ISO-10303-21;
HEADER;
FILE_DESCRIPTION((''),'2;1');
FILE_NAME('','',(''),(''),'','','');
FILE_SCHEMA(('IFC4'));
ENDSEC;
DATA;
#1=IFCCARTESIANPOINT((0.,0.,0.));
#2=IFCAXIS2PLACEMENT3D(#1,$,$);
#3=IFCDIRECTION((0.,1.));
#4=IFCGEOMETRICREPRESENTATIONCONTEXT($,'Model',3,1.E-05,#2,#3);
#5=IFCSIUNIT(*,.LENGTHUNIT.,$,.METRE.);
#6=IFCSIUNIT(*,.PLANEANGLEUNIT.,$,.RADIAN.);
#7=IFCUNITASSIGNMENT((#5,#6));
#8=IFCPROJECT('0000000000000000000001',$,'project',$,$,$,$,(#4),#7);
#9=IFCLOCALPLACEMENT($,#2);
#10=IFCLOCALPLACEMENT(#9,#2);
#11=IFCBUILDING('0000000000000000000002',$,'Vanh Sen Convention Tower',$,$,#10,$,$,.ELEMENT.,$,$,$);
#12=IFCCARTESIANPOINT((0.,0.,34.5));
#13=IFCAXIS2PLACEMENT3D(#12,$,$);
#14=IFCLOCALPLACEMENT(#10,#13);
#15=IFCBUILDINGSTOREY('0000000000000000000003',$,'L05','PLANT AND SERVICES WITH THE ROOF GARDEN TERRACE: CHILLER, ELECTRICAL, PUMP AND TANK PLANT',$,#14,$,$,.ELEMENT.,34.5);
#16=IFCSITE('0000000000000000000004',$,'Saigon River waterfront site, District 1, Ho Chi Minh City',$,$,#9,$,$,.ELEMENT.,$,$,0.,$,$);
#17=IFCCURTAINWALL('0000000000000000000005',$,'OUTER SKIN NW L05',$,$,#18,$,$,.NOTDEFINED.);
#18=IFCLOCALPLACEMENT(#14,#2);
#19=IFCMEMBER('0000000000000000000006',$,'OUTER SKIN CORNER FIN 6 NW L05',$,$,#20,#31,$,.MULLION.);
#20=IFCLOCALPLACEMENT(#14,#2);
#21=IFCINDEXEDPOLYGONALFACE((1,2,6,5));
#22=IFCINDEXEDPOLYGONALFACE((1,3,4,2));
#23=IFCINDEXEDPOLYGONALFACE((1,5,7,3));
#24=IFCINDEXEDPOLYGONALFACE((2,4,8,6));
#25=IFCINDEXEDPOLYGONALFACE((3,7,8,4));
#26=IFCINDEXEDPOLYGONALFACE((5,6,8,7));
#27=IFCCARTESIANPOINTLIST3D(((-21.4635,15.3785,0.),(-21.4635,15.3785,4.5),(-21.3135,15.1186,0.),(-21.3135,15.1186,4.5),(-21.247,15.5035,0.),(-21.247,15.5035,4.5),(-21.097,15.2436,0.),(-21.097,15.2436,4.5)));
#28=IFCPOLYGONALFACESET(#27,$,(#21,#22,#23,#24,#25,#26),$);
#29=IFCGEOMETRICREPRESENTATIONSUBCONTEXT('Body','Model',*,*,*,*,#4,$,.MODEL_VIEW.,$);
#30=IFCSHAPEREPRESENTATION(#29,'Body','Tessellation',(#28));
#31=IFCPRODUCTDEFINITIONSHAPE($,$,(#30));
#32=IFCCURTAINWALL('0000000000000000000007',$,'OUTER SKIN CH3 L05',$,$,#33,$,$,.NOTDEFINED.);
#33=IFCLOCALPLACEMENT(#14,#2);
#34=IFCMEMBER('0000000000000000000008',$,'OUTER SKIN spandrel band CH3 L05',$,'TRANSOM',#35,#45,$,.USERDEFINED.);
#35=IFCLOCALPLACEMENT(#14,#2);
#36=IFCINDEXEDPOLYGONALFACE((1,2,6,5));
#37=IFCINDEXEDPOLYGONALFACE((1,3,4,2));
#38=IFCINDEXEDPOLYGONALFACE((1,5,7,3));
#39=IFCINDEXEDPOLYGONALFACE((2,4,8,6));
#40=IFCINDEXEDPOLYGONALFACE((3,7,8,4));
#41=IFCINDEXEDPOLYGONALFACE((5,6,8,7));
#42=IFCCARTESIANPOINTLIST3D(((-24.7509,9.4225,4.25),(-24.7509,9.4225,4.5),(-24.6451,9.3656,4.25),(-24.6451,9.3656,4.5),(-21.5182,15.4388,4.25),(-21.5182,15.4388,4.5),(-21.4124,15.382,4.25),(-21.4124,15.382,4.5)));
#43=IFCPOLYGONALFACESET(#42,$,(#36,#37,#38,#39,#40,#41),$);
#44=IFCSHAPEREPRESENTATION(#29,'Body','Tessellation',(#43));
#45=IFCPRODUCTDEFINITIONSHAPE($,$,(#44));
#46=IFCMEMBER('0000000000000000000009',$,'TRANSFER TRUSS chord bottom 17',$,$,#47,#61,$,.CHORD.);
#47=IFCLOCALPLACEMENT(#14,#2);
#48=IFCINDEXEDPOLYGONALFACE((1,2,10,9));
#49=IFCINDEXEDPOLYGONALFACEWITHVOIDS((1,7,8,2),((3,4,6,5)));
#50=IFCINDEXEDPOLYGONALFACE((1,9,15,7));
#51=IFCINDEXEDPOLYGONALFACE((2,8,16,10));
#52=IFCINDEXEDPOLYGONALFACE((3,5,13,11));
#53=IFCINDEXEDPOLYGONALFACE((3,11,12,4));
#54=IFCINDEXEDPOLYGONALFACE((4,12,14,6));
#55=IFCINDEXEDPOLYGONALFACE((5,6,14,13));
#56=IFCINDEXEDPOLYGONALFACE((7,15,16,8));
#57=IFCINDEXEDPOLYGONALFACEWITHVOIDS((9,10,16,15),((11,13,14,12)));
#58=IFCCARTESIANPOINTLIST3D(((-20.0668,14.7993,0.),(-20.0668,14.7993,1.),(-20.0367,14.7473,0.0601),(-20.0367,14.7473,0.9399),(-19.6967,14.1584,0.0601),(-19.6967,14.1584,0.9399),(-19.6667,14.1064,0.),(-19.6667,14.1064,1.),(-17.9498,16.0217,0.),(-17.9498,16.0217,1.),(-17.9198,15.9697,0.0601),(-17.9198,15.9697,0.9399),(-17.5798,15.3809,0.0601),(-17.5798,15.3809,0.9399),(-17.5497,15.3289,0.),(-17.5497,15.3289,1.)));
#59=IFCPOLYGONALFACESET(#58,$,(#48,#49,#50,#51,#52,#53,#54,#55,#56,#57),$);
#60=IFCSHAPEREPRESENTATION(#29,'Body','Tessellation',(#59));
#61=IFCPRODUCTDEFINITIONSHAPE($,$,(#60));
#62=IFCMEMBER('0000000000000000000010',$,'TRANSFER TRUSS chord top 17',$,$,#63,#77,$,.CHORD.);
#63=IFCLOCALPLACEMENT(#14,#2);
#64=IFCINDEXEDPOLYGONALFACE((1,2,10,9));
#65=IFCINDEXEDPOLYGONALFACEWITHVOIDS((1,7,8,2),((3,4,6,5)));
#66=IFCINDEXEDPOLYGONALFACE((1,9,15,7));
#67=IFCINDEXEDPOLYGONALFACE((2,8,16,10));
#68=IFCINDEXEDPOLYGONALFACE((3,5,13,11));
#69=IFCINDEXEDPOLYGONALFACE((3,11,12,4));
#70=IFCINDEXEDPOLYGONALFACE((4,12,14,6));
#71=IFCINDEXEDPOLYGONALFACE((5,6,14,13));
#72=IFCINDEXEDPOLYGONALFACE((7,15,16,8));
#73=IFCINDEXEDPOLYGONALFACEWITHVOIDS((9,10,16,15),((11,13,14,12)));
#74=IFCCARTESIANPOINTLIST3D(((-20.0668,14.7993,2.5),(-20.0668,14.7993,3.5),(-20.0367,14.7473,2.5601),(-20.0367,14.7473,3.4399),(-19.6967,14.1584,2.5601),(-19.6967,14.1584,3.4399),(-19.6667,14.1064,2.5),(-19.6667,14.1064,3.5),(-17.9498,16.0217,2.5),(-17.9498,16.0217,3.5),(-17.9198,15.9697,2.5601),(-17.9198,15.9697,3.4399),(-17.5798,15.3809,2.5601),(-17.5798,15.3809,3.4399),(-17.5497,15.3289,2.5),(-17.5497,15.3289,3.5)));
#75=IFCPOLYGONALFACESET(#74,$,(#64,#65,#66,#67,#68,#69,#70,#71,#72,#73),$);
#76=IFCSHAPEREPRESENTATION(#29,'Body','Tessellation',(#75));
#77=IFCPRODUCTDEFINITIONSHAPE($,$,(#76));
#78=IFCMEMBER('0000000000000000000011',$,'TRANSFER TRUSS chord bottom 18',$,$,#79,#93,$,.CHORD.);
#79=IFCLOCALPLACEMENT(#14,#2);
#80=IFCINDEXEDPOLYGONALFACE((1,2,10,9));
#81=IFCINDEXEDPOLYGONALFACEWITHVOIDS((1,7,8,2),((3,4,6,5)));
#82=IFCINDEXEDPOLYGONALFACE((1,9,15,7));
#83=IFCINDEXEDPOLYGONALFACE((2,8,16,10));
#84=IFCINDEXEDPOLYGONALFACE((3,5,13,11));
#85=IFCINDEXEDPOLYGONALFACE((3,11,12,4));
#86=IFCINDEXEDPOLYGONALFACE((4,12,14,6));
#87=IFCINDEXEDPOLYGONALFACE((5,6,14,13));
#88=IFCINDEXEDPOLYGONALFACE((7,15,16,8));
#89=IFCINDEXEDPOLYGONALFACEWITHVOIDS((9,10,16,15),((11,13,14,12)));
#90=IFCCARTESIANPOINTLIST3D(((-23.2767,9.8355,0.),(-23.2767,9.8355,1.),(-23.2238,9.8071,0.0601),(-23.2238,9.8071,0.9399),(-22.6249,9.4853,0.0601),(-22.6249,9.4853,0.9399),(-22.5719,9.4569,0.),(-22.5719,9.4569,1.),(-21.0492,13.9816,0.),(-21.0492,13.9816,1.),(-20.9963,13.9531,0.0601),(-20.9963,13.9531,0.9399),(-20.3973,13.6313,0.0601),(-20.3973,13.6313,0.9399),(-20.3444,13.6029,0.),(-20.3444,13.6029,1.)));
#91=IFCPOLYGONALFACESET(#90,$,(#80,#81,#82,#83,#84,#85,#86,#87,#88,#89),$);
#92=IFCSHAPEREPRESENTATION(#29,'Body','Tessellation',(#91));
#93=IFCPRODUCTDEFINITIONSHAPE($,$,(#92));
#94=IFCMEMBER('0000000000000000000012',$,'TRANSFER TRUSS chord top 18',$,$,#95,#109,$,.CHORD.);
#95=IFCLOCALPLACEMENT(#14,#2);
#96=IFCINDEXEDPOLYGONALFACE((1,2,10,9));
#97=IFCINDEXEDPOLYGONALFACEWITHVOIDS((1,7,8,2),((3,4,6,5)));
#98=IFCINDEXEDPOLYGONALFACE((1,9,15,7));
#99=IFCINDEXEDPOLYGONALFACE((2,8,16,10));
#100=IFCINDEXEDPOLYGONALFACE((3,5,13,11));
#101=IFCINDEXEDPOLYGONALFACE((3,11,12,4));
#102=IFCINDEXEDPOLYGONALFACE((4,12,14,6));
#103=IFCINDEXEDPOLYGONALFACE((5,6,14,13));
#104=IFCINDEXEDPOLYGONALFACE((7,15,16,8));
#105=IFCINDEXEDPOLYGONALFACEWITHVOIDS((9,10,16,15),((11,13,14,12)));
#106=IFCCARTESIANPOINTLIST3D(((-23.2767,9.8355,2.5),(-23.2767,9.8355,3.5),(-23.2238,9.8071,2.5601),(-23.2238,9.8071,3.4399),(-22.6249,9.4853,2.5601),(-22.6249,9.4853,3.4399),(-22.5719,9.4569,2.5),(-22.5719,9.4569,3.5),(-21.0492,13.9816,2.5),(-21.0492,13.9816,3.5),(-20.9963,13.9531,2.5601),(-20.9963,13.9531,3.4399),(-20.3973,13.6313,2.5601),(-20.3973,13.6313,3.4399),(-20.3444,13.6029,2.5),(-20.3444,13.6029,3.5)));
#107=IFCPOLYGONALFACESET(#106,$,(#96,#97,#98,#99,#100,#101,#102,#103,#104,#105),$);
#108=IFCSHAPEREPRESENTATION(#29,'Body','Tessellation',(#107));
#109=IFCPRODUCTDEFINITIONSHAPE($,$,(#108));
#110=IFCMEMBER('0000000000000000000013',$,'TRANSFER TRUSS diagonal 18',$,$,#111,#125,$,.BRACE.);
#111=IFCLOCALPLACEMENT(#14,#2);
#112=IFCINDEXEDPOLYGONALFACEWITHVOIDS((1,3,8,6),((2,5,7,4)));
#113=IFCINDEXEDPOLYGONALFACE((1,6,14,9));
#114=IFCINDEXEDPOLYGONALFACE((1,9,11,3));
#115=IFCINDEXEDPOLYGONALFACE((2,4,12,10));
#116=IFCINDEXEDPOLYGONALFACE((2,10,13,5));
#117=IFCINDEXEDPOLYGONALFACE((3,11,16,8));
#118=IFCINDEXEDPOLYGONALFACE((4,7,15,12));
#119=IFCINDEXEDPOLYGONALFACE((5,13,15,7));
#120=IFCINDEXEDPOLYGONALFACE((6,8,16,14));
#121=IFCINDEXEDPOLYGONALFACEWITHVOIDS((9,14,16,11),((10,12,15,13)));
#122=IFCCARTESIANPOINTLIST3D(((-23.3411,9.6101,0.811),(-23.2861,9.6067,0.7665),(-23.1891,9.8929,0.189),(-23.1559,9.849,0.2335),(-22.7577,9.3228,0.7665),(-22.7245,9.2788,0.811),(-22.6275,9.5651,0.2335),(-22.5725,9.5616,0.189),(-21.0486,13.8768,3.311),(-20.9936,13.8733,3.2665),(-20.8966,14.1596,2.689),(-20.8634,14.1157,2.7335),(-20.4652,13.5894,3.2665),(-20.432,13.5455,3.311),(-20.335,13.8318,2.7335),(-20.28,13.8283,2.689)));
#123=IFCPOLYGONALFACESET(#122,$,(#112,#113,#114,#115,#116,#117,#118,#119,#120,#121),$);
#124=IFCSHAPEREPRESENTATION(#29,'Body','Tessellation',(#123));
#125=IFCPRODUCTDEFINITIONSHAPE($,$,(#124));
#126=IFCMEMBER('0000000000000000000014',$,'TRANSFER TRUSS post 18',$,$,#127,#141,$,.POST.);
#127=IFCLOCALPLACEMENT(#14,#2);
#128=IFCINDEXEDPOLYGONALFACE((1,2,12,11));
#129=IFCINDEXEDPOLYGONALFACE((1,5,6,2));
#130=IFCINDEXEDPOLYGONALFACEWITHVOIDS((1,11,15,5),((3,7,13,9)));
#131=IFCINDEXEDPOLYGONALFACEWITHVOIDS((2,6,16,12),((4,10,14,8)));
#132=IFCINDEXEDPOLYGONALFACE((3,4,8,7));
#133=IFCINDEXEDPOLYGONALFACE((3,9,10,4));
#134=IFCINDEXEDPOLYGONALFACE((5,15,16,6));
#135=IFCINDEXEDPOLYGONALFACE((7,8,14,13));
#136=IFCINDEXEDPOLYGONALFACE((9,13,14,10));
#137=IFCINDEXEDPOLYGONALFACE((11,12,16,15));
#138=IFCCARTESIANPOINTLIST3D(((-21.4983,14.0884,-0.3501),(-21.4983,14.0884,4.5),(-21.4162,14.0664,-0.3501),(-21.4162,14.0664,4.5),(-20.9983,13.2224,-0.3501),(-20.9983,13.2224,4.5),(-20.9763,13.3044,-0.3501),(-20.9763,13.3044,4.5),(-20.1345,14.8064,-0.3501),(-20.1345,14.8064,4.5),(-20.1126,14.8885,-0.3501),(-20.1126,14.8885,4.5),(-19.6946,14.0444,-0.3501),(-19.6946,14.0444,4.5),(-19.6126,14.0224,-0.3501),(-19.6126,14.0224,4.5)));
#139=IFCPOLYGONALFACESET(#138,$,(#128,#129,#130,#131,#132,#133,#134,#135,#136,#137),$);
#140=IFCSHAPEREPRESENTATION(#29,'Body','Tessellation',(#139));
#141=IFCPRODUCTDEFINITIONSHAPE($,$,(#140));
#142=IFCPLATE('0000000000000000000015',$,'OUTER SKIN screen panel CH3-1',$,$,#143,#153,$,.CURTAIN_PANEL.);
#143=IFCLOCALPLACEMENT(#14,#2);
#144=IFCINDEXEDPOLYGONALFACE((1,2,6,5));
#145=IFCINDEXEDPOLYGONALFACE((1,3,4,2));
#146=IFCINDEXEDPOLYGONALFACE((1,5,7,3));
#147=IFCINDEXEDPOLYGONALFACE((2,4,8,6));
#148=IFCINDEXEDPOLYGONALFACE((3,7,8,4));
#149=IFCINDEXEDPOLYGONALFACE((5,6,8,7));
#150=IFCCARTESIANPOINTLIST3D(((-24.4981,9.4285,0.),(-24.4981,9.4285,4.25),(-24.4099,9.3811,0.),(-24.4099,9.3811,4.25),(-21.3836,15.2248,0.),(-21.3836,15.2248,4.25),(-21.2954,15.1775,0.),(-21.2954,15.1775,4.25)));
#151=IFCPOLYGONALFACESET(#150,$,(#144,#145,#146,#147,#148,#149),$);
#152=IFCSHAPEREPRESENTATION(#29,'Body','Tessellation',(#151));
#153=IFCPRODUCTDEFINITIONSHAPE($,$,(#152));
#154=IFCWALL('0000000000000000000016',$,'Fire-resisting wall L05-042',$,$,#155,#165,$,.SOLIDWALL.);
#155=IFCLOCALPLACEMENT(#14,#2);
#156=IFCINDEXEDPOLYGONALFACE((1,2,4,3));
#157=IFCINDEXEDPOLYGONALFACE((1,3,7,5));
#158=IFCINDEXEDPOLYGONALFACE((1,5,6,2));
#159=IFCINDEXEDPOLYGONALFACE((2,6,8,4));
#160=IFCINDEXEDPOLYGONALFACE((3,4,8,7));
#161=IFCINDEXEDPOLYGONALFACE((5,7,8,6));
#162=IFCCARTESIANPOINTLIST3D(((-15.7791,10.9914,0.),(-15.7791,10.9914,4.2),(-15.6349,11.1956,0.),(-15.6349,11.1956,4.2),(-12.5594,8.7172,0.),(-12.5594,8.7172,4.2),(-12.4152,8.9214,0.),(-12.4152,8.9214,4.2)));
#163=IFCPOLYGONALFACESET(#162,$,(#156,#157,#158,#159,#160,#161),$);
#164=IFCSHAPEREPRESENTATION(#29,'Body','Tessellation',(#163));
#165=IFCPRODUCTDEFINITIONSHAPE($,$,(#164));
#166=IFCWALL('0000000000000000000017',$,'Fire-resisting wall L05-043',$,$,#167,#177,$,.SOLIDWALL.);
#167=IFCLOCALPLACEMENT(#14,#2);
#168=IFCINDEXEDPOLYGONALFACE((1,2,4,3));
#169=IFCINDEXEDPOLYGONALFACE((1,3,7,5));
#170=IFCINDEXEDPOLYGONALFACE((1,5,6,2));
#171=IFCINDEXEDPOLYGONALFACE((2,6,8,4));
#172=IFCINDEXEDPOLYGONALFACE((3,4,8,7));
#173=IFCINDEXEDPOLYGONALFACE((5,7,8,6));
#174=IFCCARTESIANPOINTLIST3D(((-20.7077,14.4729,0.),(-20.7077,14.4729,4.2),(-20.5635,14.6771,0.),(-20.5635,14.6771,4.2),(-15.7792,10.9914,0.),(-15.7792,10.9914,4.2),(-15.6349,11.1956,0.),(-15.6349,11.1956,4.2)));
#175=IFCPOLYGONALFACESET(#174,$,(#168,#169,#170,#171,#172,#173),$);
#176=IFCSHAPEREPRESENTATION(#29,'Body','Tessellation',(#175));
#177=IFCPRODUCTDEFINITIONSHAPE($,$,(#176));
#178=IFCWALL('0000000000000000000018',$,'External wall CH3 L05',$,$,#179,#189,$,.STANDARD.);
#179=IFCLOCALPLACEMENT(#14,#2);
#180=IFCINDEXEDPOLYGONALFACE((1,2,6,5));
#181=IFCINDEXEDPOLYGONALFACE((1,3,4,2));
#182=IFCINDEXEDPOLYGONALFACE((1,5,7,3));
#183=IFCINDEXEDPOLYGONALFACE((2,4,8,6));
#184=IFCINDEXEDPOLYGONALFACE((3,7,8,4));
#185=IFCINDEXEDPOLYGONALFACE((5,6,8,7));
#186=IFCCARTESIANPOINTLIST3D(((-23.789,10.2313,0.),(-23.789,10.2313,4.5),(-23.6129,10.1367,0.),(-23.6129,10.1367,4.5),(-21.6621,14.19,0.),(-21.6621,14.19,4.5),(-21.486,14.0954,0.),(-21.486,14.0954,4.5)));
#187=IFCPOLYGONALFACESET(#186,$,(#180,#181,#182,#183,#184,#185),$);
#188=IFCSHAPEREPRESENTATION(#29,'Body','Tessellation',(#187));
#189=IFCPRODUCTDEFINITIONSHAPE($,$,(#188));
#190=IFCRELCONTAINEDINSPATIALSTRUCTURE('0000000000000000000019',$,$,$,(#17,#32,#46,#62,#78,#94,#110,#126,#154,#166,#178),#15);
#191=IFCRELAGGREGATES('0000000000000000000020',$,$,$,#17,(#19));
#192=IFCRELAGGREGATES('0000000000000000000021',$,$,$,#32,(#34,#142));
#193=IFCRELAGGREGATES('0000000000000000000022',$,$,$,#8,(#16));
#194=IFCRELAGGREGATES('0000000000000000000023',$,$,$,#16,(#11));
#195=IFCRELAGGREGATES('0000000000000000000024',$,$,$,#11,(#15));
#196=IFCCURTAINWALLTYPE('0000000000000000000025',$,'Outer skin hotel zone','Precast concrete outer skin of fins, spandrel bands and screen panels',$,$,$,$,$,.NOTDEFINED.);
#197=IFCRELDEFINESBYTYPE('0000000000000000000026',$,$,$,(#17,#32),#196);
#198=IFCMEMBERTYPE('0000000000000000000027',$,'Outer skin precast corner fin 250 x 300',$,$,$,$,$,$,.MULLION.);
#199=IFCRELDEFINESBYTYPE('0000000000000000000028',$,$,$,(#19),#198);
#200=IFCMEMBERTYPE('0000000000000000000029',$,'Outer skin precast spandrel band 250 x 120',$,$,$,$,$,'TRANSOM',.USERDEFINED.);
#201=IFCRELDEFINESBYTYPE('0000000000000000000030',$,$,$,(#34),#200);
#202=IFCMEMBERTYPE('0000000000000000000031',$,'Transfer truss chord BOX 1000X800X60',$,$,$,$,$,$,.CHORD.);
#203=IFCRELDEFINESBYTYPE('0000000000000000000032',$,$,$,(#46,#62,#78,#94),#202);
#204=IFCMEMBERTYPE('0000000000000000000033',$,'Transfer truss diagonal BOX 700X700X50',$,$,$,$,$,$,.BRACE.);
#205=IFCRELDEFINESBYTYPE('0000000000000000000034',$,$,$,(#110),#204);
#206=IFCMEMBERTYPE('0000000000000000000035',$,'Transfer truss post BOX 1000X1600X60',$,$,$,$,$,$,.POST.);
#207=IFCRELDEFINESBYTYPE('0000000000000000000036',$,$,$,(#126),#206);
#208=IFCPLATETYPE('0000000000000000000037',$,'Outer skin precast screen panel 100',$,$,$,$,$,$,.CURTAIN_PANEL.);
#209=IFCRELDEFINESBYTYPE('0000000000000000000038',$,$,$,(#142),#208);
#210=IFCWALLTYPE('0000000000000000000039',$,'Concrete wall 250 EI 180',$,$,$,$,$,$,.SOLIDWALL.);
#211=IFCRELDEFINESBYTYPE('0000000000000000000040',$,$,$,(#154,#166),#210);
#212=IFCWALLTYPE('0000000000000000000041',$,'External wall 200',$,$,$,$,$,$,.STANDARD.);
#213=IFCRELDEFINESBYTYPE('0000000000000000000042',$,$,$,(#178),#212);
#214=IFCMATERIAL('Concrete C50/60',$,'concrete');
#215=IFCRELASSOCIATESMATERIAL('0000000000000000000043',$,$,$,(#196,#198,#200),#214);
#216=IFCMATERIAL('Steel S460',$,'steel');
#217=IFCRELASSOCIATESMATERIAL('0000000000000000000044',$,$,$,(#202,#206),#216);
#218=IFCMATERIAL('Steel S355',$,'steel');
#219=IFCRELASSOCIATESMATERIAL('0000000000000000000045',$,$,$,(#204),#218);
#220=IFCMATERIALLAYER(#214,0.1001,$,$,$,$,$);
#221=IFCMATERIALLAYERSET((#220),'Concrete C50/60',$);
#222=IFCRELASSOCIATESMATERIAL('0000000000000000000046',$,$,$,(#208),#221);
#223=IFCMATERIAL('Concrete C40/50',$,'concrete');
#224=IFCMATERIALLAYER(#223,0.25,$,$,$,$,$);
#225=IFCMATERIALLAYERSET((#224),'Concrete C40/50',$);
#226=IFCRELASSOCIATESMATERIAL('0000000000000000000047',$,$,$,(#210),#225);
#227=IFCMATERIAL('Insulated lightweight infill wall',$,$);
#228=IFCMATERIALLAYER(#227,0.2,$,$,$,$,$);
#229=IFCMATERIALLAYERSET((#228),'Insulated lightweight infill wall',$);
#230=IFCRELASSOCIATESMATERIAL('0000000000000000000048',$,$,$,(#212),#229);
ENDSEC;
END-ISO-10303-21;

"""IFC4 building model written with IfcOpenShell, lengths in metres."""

from ifc_helpers import new_model, si_unit, direction, frame, frame_2d, origin, origin_2d, place, context, subcontext, project, spatial, rectangle, hollow_rectangle, extrude, material, layer, layer_set, material_profile, profile_set, type_object, element, aggregate, save


model = new_model("IFC4")

# Units and contexts
model_context = context("Model", 3, precision=1e-05, world=origin(), true_north=direction((0.0, 1.0)))
body_context = subcontext(model_context, "Body", "Model", "MODEL_VIEW")
ifc_project = project(units=[si_unit("LENGTHUNIT", "METRE"), si_unit("PLANEANGLEUNIT", "RADIAN")], contexts=[model_context])

# Site, building, storey
site_placement = place(None, origin())
site = spatial("IfcSite", under=ifc_project, at=site_placement, Name="Saigon River waterfront site, District 1, Ho Chi Minh City", CompositionType="ELEMENT", RefElevation=0.0)
building_placement = place(site_placement, origin())
building = spatial("IfcBuilding", under=site, at=building_placement, Name="Vanh Sen Convention Tower", CompositionType="ELEMENT")
storey_placement = place(building_placement, frame((0.0, 0.0, 34.5)))
storey = spatial("IfcBuildingStorey", under=building, at=storey_placement, Name="L05", Description="PLANT AND SERVICES WITH THE ROOF GARDEN TERRACE: CHILLER, ELECTRICAL, PUMP AND TANK PLANT", CompositionType="ELEMENT", Elevation=34.5)

# Curtain walls, members
ifc_material_1 = material(Name="Concrete C50/60", Category="concrete")
curtain_wall_type = type_object("IfcCurtainWallType", Name="Outer skin hotel zone", Description="Precast concrete outer skin of fins, spandrel bands and screen panels", PredefinedType="NOTDEFINED", material=ifc_material_1)
curtain_wall_1_placement = place(storey_placement, origin())
curtain_wall_1 = element("IfcCurtainWall", 1, at=curtain_wall_1_placement, inside=storey, type_object=curtain_wall_type, Name="OUTER SKIN NW L05", PredefinedType="NOTDEFINED")
ifc_material_profile_1 = material_profile(ifc_material_1, rectangle(XDim=0.25, YDim=0.3, at=origin_2d()), Name="Outer skin precast corner fin 250 x 300")
ifc_profile_set_1 = profile_set([ifc_material_profile_1], Name="Concrete C50/60")
member_type_1 = type_object("IfcMemberType", Name="Outer skin precast corner fin 250 x 300", PredefinedType="MULLION", material=ifc_profile_set_1)
member_1_placement = place(storey_placement, frame((-21.2803, 15.311, 0.0), z_axis=(0.0, 0.0, 1.0), x_axis=(-0.866025, -0.5, 0.0)))
member_1 = element("IfcMember", 2, at=member_1_placement, type_object=member_type_1, Name="OUTER SKIN CORNER FIN 6 NW L05", PredefinedType="MULLION", context=body_context, shape_type="SweptSolid", body=[
    extrude(rectangle(XDim=0.25, YDim=0.3, at=origin_2d()), origin(), (0.0, 0.0, 1.0), 4.5),
])
aggregate(curtain_wall_1, [member_1])
curtain_wall_2_placement = place(storey_placement, origin())
curtain_wall_2 = element("IfcCurtainWall", 3, at=curtain_wall_2_placement, inside=storey, type_object=curtain_wall_type, Name="OUTER SKIN CH3 L05", PredefinedType="NOTDEFINED")
ifc_material_profile_2 = material_profile(ifc_material_1, rectangle(XDim=0.1201, YDim=0.25, at=origin_2d()), Name="Outer skin precast spandrel band 250 x 120")
ifc_profile_set_2 = profile_set([ifc_material_profile_2], Name="Concrete C50/60")
member_type_2 = type_object("IfcMemberType", Name="Outer skin precast spandrel band 250 x 120", ElementType="TRANSOM", PredefinedType="USERDEFINED", material=ifc_profile_set_2)
member_2_placement = place(storey_placement, frame((-21.4653, 15.4104, 4.375), z_axis=(-0.473315, -0.880893, 0.0), x_axis=(0.880893, -0.473315, 0.0)))
member_2 = element("IfcMember", 4, at=member_2_placement, type_object=member_type_2, Name="OUTER SKIN spandrel band CH3 L05", ObjectType="TRANSOM", PredefinedType="USERDEFINED", context=body_context, shape_type="SweptSolid", body=[
    extrude(rectangle(XDim=0.1201, YDim=0.25, at=origin_2d()), origin(), (0.0, 0.0, 1.0), 6.8298),
])

# Members
ifc_material_2 = material(Name="Steel S460", Category="steel")
ifc_material_profile_3 = material_profile(ifc_material_2, hollow_rectangle(XDim=0.8, YDim=1.0, WallThickness=0.0601, at=origin_2d()), Name="BOX 1000X800X60")
ifc_profile_set_3 = profile_set([ifc_material_profile_3], Name="Steel S460")
member_type_3 = type_object("IfcMemberType", Name="Transfer truss chord BOX 1000X800X60", PredefinedType="CHORD", material=ifc_profile_set_3)
for number, where, z_axis, x_axis, name in (
    (5, (-17.7498, 15.6753, 0.5), (-0.865991, -0.50006, 0.0), (0.50006, -0.865991, 0.0), "TRANSFER TRUSS chord bottom 17"),
    (6, (-17.7498, 15.6753, 3.0), (-0.865991, -0.50006, 0.0), (0.50006, -0.865991, 0.0), "TRANSFER TRUSS chord top 17"),
):
    element("IfcMember", number, at=place(storey_placement, frame(where, z_axis=z_axis, x_axis=x_axis)), inside=storey, type_object=member_type_3, Name=name, PredefinedType="CHORD", context=body_context, shape_type="SweptSolid", body=[
        extrude(hollow_rectangle(XDim=0.8, YDim=1.0, WallThickness=0.0601, at=origin_2d()), origin(), (0.0, 0.0, 1.0), 2.4446),
    ])
for number, where, z_axis, x_axis, name in (
    (7, (-20.6968, 13.7922, 0.5), (-0.473289, -0.880907, 0.0), (0.880907, -0.473289, 0.0), "TRANSFER TRUSS chord bottom 18"),
    (8, (-20.6968, 13.7922, 3.0), (-0.473289, -0.880907, 0.0), (0.880907, -0.473289, 0.0), "TRANSFER TRUSS chord top 18"),
):
    element("IfcMember", number, at=place(storey_placement, frame(where, z_axis=z_axis, x_axis=x_axis)), inside=storey, type_object=member_type_3, Name=name, PredefinedType="CHORD", context=body_context, shape_type="SweptSolid", body=[
        extrude(hollow_rectangle(XDim=0.8, YDim=1.0, WallThickness=0.0601, at=origin_2d()), origin(), (0.0, 0.0, 1.0), 4.7065),
    ])
ifc_material_3 = material(Name="Steel S355", Category="steel")
ifc_material_profile_4 = material_profile(ifc_material_3, hollow_rectangle(XDim=0.7, YDim=0.7, WallThickness=0.05, at=origin_2d()), Name="BOX 700X700X50")
ifc_profile_set_4 = profile_set([ifc_material_profile_4], Name="Steel S355")
member_type_4 = type_object("IfcMemberType", Name="Transfer truss diagonal BOX 700X700X50", PredefinedType="BRACE", material=ifc_profile_set_4)
member_3_placement = place(storey_placement, frame((-20.6643, 13.8525, 3.0), z_axis=(-0.42059, -0.782772, -0.458663), x_axis=(0.880895, -0.473312, 0.0)))
element("IfcMember", 9, at=member_3_placement, inside=storey, type_object=member_type_4, Name="TRANSFER TRUSS diagonal 18", PredefinedType="BRACE", context=body_context, shape_type="SweptSolid", body=[
    extrude(hollow_rectangle(XDim=0.7, YDim=0.7, WallThickness=0.05, at=origin_2d()), origin(), (0.0, 0.0, 1.0), 5.4507),
])
ifc_material_profile_5 = material_profile(ifc_material_2, hollow_rectangle(XDim=1.6001, YDim=1.0, WallThickness=0.0601, at=origin_2d()), Name="BOX 1000X1600X60")
ifc_profile_set_5 = profile_set([ifc_material_profile_5], Name="Steel S460")
member_type_5 = type_object("IfcMemberType", Name="Transfer truss post BOX 1000X1600X60", PredefinedType="POST", material=ifc_profile_set_5)
member_4_placement = place(storey_placement, frame((-20.5554, 14.0554, -0.3501), z_axis=(0.0, 0.0, 1.0), x_axis=(-0.866025, -0.5, 0.0)))
element("IfcMember", 10, at=member_4_placement, inside=storey, type_object=member_type_5, Name="TRANSFER TRUSS post 18", PredefinedType="POST", context=body_context, shape_type="SweptSolid", body=[
    extrude(hollow_rectangle(XDim=1.6001, YDim=1.0, WallThickness=0.0601, at=origin_2d()), origin(), (0.0, 0.0, 1.0), 4.8501),
])

# Plate
ifc_layer_1 = layer(ifc_material_1, 0.1001)
ifc_layer_set_1 = layer_set([ifc_layer_1], Name="Concrete C50/60")
plate_type = type_object("IfcPlateType", Name="Outer skin precast screen panel 100", PredefinedType="CURTAIN_PANEL", material=ifc_layer_set_1)
plate_placement = place(storey_placement, frame((-22.8967, 12.303, 0.0), z_axis=(0.0, 0.0, 1.0), x_axis=(-0.473318, -0.880892, 0.0)))
plate = element("IfcPlate", 11, at=plate_placement, type_object=plate_type, Name="OUTER SKIN screen panel CH3-1", PredefinedType="CURTAIN_PANEL", context=body_context, shape_type="SweptSolid", body=[
    extrude(rectangle(XDim=6.5801, YDim=0.1001, at=origin_2d()), origin(), (0.0, 0.0, 1.0), 4.25),
])
aggregate(curtain_wall_2, [member_2, plate])

# Walls
ifc_material_4 = material(Name="Concrete C40/50", Category="concrete")
ifc_layer_2 = layer(ifc_material_4, 0.25)
ifc_layer_set_2 = layer_set([ifc_layer_2], Name="Concrete C40/50")
wall_type_1 = type_object("IfcWallType", Name="Concrete wall 250 EI 180", PredefinedType="SOLIDWALL", material=ifc_layer_set_2)
wall_1_placement = place(storey_placement, frame((-15.707, 11.0935, 0.0), z_axis=(0.0, 0.0, 1.0), x_axis=(0.816798, -0.576924, 0.0)))
element("IfcWall", 12, at=wall_1_placement, inside=storey, type_object=wall_type_1, Name="Fire-resisting wall L05-042", PredefinedType="SOLIDWALL", context=body_context, shape_type="SweptSolid", body=[
    extrude(rectangle(XDim=3.9419, YDim=0.25, at=frame_2d((1.9709, 0.0))), origin(), (0.0, 0.0, 1.0), 4.2),
])
wall_2_placement = place(storey_placement, frame((-15.707, 11.0935, 0.0), z_axis=(0.0, 0.0, 1.0), x_axis=(-0.81677, 0.576963, 0.0)))
element("IfcWall", 13, at=wall_2_placement, inside=storey, type_object=wall_type_1, Name="Fire-resisting wall L05-043", PredefinedType="SOLIDWALL", context=body_context, shape_type="SweptSolid", body=[
    extrude(rectangle(XDim=6.0342, YDim=0.25, at=frame_2d((3.0171, 0.0))), origin(), (0.0, 0.0, 1.0), 4.2),
])
ifc_material_5 = material(Name="Insulated lightweight infill wall")
ifc_layer_3 = layer(ifc_material_5, 0.2)
ifc_layer_set_3 = layer_set([ifc_layer_3], Name="Insulated lightweight infill wall")
wall_type_2 = type_object("IfcWallType", Name="External wall 200", PredefinedType="STANDARD", material=ifc_layer_set_3)
wall_3_placement = place(storey_placement, frame((-21.574, 14.1428, 0.0), z_axis=(0.0, 0.0, 1.0), x_axis=(-0.473293, -0.880905, 0.0)))
element("IfcWall", 14, at=wall_3_placement, inside=storey, type_object=wall_type_2, Name="External wall CH3 L05", PredefinedType="STANDARD", context=body_context, shape_type="SweptSolid", body=[
    extrude(rectangle(XDim=4.4939, YDim=0.2, at=frame_2d((2.2471, 0.0))), origin(), (0.0, 0.0, 1.0), 4.5),
])

save(model, "model.ifc")
